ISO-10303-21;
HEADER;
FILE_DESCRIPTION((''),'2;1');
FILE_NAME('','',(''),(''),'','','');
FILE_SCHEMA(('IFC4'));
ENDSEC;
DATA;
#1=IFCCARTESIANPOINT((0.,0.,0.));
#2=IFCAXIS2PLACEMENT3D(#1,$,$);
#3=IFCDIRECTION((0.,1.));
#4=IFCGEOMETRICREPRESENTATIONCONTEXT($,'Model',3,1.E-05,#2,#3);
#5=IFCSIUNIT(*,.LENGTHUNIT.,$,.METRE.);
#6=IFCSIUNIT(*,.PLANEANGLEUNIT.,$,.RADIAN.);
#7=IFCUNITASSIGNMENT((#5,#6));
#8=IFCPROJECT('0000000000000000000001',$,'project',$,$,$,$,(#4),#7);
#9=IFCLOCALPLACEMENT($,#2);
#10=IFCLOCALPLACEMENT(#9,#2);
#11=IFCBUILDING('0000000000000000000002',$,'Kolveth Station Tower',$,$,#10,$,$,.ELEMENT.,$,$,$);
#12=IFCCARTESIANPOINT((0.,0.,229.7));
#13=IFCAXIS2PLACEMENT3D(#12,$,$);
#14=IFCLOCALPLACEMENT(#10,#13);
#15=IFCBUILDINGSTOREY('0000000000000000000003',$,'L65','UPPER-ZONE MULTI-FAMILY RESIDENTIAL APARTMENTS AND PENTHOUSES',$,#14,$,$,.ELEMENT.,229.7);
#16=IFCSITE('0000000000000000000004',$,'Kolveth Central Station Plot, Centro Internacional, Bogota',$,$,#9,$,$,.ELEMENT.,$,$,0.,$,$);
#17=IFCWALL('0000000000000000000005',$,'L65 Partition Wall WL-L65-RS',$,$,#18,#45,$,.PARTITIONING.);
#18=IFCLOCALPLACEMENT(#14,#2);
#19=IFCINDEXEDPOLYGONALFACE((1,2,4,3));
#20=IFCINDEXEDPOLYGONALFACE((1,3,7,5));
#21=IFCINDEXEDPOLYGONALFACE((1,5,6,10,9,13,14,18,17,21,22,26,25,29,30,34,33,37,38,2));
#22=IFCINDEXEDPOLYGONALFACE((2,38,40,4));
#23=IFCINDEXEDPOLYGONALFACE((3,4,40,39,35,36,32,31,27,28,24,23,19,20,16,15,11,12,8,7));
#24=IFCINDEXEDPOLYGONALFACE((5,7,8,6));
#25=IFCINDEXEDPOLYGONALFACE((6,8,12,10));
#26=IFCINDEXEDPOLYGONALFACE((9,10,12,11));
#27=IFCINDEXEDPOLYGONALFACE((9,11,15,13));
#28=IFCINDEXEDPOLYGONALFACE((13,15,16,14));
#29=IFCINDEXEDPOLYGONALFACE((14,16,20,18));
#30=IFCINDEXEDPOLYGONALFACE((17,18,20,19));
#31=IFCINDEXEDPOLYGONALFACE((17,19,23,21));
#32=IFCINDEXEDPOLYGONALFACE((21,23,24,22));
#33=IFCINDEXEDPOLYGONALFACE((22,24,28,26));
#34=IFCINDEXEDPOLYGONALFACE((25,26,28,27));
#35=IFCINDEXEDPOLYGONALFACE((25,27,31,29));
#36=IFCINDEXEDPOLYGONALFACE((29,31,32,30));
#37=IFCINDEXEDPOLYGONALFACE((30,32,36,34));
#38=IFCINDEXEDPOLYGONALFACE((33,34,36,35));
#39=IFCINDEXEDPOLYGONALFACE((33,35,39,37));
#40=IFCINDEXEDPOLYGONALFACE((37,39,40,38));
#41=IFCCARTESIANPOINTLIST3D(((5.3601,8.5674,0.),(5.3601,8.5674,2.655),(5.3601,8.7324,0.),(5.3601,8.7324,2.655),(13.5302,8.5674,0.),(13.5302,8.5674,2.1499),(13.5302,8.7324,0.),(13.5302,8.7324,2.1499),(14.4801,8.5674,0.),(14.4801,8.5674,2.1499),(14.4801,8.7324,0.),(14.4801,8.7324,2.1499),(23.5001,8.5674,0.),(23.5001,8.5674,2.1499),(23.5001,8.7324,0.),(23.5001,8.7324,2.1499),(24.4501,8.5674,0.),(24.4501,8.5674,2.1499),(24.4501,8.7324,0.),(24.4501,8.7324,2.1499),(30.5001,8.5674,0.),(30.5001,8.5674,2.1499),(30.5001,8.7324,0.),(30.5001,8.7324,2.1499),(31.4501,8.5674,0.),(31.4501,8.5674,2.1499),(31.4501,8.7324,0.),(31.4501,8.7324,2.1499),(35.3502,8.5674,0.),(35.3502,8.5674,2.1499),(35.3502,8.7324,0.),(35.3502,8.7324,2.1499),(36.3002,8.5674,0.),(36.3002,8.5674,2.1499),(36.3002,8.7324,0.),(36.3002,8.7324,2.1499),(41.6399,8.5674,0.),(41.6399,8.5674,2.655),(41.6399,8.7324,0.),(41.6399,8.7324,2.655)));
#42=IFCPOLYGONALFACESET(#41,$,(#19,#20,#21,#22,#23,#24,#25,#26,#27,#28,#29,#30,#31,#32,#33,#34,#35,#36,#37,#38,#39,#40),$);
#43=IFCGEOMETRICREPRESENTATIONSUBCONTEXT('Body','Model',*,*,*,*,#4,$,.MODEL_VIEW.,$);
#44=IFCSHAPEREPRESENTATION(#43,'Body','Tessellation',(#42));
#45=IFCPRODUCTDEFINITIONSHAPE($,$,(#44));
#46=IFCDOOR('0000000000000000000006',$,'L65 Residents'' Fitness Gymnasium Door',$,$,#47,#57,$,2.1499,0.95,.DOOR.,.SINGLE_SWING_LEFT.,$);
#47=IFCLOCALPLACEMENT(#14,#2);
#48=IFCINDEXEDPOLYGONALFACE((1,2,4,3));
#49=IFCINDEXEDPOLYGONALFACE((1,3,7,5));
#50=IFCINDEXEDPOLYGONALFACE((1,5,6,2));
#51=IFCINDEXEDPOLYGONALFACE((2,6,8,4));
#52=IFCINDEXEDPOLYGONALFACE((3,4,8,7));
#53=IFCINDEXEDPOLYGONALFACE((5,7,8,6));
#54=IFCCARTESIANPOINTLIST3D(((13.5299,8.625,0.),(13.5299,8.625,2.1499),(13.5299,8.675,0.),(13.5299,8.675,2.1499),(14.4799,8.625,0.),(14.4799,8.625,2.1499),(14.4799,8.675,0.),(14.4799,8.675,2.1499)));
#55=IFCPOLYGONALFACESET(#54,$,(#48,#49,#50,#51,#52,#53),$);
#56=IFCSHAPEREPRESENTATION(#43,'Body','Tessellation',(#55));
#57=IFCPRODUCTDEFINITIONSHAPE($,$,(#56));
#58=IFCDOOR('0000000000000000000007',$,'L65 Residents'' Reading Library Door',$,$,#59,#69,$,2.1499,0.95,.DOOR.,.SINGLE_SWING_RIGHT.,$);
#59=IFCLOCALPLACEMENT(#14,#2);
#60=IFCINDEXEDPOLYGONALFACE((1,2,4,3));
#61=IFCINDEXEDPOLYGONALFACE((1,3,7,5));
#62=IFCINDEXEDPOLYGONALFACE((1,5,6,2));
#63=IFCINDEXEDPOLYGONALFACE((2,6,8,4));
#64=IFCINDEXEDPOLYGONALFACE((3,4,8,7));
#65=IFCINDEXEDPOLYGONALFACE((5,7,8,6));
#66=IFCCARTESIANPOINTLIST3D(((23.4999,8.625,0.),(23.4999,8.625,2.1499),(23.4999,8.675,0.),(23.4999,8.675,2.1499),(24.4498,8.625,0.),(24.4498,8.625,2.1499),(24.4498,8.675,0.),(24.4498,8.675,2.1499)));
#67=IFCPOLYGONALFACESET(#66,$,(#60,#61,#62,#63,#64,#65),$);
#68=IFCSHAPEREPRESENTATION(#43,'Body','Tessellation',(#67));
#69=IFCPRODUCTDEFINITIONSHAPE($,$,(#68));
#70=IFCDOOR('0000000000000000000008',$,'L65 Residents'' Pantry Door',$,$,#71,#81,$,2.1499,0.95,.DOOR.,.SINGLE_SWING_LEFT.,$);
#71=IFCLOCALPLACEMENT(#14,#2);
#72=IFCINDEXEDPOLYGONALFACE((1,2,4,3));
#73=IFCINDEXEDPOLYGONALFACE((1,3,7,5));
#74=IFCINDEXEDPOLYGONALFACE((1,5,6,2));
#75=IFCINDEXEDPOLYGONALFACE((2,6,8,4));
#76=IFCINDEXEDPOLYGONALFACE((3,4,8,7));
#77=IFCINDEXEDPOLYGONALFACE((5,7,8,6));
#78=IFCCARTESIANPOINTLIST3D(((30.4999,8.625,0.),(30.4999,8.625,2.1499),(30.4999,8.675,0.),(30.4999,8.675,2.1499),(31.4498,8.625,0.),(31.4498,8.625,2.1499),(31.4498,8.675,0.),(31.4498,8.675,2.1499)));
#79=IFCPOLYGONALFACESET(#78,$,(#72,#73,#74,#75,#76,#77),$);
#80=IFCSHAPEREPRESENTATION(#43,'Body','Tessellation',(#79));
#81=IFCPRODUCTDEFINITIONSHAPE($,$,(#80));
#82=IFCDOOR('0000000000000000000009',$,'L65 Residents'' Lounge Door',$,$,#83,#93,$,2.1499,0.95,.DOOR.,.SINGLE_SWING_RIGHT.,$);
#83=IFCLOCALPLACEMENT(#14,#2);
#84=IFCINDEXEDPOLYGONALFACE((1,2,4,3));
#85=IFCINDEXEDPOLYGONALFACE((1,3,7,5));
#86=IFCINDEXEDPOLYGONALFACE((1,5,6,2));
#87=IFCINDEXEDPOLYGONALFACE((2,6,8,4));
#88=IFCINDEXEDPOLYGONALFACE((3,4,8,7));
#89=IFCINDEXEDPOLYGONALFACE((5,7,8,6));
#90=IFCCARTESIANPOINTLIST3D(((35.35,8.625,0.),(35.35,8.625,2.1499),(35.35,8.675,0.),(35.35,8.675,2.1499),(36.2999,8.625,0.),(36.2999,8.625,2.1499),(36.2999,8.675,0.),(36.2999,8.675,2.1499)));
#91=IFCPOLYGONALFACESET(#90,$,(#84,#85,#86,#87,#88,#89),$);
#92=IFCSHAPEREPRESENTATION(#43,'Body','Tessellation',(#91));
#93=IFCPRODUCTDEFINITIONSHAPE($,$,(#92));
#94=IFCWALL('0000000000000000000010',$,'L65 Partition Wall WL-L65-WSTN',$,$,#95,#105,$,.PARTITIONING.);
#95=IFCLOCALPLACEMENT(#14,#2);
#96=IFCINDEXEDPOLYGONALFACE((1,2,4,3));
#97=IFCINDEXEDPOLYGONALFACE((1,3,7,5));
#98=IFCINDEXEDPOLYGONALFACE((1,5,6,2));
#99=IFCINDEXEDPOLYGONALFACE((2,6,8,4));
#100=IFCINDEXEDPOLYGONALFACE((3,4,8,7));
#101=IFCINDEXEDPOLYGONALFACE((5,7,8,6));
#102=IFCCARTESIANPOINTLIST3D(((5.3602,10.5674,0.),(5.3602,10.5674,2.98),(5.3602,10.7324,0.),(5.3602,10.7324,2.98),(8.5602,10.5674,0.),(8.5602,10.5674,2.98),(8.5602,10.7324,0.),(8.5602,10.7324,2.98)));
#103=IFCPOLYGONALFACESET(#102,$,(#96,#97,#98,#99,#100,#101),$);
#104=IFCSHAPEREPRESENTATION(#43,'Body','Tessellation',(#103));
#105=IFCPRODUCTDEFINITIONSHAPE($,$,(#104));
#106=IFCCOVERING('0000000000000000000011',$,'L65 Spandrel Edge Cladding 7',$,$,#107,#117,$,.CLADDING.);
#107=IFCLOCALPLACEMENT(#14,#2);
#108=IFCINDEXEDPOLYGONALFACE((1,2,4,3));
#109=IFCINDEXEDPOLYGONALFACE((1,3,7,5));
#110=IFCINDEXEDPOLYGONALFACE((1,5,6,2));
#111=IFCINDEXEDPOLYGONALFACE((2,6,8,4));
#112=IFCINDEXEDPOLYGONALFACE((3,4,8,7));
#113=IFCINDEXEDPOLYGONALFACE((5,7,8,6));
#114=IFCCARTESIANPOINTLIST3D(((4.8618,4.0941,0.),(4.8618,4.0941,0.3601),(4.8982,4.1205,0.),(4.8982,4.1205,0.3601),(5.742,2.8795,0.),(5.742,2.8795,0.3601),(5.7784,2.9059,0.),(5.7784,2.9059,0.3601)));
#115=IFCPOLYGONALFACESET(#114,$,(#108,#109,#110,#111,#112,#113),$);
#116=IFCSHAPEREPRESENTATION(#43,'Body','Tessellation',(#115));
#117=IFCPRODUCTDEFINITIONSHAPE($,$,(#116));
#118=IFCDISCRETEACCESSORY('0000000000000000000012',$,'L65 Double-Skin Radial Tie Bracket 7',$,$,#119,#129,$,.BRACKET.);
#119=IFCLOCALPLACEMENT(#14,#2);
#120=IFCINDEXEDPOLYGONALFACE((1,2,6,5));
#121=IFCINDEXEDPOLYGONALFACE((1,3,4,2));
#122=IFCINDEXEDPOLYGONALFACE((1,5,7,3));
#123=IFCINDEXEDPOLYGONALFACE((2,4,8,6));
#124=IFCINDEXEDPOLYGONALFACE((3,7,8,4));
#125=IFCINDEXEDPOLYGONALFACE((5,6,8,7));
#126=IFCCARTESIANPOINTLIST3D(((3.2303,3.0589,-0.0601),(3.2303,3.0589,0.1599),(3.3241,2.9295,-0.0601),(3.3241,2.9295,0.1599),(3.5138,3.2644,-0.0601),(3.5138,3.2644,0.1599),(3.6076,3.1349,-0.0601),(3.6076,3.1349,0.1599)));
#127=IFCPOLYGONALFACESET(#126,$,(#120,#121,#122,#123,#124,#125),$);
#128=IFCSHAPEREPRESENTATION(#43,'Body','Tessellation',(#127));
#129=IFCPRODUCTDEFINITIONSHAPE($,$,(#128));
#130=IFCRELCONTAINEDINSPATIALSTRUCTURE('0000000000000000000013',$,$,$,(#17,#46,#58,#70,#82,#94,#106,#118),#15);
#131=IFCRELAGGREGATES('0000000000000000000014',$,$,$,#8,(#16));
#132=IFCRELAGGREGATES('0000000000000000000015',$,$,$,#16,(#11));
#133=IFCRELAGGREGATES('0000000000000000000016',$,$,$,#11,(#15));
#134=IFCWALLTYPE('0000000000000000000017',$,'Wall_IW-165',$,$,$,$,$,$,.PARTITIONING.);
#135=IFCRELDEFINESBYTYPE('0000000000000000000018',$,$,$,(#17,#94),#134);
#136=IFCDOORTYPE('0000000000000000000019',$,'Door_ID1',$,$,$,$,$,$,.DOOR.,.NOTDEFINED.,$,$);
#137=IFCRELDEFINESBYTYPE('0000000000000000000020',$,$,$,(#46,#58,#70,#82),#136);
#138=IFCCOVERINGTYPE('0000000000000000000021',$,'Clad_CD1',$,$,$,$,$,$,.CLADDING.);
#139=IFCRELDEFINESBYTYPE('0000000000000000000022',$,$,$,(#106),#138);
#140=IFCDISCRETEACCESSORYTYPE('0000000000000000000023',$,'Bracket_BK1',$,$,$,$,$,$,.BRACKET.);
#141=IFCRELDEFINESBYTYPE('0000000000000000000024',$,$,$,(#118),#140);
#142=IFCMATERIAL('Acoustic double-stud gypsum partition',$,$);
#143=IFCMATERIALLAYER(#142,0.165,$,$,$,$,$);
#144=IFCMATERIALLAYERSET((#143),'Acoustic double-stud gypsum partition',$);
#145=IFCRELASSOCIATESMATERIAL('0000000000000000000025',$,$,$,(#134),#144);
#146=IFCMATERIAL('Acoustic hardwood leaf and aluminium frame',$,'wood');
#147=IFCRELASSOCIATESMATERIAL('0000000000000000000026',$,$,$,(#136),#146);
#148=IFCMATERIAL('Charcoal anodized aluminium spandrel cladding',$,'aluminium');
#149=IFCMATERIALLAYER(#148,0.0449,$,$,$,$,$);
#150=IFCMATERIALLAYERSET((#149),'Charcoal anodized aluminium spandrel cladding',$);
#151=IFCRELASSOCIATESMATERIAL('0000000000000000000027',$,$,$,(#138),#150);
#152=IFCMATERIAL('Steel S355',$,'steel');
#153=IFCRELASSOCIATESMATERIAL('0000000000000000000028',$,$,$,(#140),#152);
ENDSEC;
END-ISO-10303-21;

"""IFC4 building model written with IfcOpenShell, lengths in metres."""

from ifc_helpers import new_model, si_unit, direction, frame, frame_2d, origin, origin_2d, place, context, subcontext, project, spatial, rectangle, extrude, source, transform, mapped, material, layer, layer_set, type_object, element, fill, save


model = new_model("IFC4")

# Units and contexts
model_context = context("Model", 3, precision=1e-05, world=origin(), true_north=direction((0.0, 1.0)))
body_context = subcontext(model_context, "Body", "Model", "MODEL_VIEW")
ifc_project = project(units=[si_unit("LENGTHUNIT", "METRE"), si_unit("PLANEANGLEUNIT", "RADIAN")], contexts=[model_context])

# Site, building, storey
site_placement = place(None, origin())
site = spatial("IfcSite", under=ifc_project, at=site_placement, Name="Kolveth Central Station Plot, Centro Internacional, Bogota", CompositionType="ELEMENT", RefElevation=0.0)
building_placement = place(site_placement, origin())
building = spatial("IfcBuilding", under=site, at=building_placement, Name="Kolveth Station Tower", CompositionType="ELEMENT")
storey_placement = place(building_placement, frame((0.0, 0.0, 229.7)))
storey = spatial("IfcBuildingStorey", under=building, at=storey_placement, Name="L65", Description="UPPER-ZONE MULTI-FAMILY RESIDENTIAL APARTMENTS AND PENTHOUSES", CompositionType="ELEMENT", Elevation=229.7)

# Shared definitions
ifc_material_1 = material(Name="Steel S355", Category="steel")

# Wall, openings, doors
ifc_material_2 = material(Name="Acoustic double-stud gypsum partition")
ifc_layer_1 = layer(ifc_material_2, 0.165)
ifc_layer_set_1 = layer_set([ifc_layer_1], Name="Acoustic double-stud gypsum partition")
wall_type = type_object("IfcWallType", Name="Wall_IW-165", PredefinedType="PARTITIONING", material=ifc_layer_set_1)
wall_1_placement = place(storey_placement, frame((5.3601, 8.6499, 0.0), z_axis=(0.0, 0.0, 1.0), x_axis=(1.0, 0.0, 0.0)))
wall_1 = element("IfcWall", 1, at=wall_1_placement, inside=storey, type_object=wall_type, Name="L65 Partition Wall WL-L65-RS", PredefinedType="PARTITIONING", context=body_context, shape_type="SweptSolid", body=[
    extrude(rectangle(XDim=36.2798, YDim=0.165, at=frame_2d((18.1399, 0.0))), origin(), (0.0, 0.0, 1.0), 2.655),
])
opening_1_placement = place(wall_1_placement, frame((8.1699, 0.0, 0.0)))
opening_1 = element("IfcOpeningElement", 2, at=opening_1_placement, cuts=wall_1, PredefinedType="OPENING", context=body_context, shape_type="SweptSolid", body=[
    extrude(rectangle(XDim=0.95, YDim=2.1499, at=frame_2d((0.4751, 1.075))), frame((0.0, 0.0925, 0.0), z_axis=(0.0, -1.0, 0.0), x_axis=(1.0, 0.0, 0.0)), (0.0, 0.0, 1.0), 0.1851),
])
opening_2_placement = place(wall_1_placement, frame((18.1399, 0.0, 0.0)))
opening_2 = element("IfcOpeningElement", 3, at=opening_2_placement, cuts=wall_1, PredefinedType="OPENING", context=body_context, shape_type="SweptSolid", body=[
    extrude(rectangle(XDim=0.95, YDim=2.1499, at=frame_2d((0.4751, 1.075))), frame((0.0, 0.0925, 0.0), z_axis=(0.0, -1.0, 0.0), x_axis=(1.0, 0.0, 0.0)), (0.0, 0.0, 1.0), 0.1851),
])
opening_3_placement = place(wall_1_placement, frame((25.1399, 0.0, 0.0)))
opening_3 = element("IfcOpeningElement", 4, at=opening_3_placement, cuts=wall_1, PredefinedType="OPENING", context=body_context, shape_type="SweptSolid", body=[
    extrude(rectangle(XDim=0.95, YDim=2.1499, at=frame_2d((0.4751, 1.075))), frame((0.0, 0.0925, 0.0), z_axis=(0.0, -1.0, 0.0), x_axis=(1.0, 0.0, 0.0)), (0.0, 0.0, 1.0), 0.1851),
])
opening_4_placement = place(wall_1_placement, frame((29.99, 0.0, 0.0)))
opening_4 = element("IfcOpeningElement", 5, at=opening_4_placement, cuts=wall_1, PredefinedType="OPENING", context=body_context, shape_type="SweptSolid", body=[
    extrude(rectangle(XDim=0.95, YDim=2.1499, at=frame_2d((0.4751, 1.075))), frame((0.0, 0.0925, 0.0), z_axis=(0.0, -1.0, 0.0), x_axis=(1.0, 0.0, 0.0)), (0.0, 0.0, 1.0), 0.1851),
])
ifc_material_3 = material(Name="Acoustic hardwood leaf and aluminium frame", Category="wood")
door_type = type_object("IfcDoorType", Name="Door_ID1", OperationType="NOTDEFINED", PredefinedType="DOOR", material=ifc_material_3)
door_1_placement = place(opening_1_placement, frame((0.95, 0.0, 0.0), z_axis=(0.0, 0.0, 1.0), x_axis=(-1.0, 0.0, 0.0)))
door_1 = element("IfcDoor", 6, at=door_1_placement, inside=storey, type_object=door_type, Name="L65 Residents' Fitness Gymnasium Door", OperationType="SINGLE_SWING_LEFT", OverallHeight=2.1499, OverallWidth=0.95, PredefinedType="DOOR", context=body_context, shape_type="SweptSolid", body=[
    extrude(rectangle(XDim=0.95, YDim=2.1499, at=frame_2d((0.4751, 1.075))), frame((0.0, 0.0249, 0.0), z_axis=(0.0, -1.0, 0.0), x_axis=(1.0, 0.0, 0.0)), (0.0, 0.0, 1.0), 0.05),
])
fill(opening_1, door_1)
door_2_placement = place(opening_2_placement, frame((0.95, 0.0, 0.0), z_axis=(0.0, 0.0, 1.0), x_axis=(-1.0, 0.0, 0.0)))
door_2 = element("IfcDoor", 7, at=door_2_placement, inside=storey, type_object=door_type, Name="L65 Residents' Reading Library Door", OperationType="SINGLE_SWING_RIGHT", OverallHeight=2.1499, OverallWidth=0.95, PredefinedType="DOOR", context=body_context, shape_type="SweptSolid", body=[
    extrude(rectangle(XDim=0.95, YDim=2.1499, at=frame_2d((0.4751, 1.075))), frame((0.0, 0.0249, 0.0), z_axis=(0.0, -1.0, 0.0), x_axis=(1.0, 0.0, 0.0)), (0.0, 0.0, 1.0), 0.05),
])
fill(opening_2, door_2)
door_3_placement = place(opening_3_placement, frame((0.95, 0.0, 0.0), z_axis=(0.0, 0.0, 1.0), x_axis=(-1.0, 0.0, 0.0)))
door_3 = element("IfcDoor", 8, at=door_3_placement, inside=storey, type_object=door_type, Name="L65 Residents' Pantry Door", OperationType="SINGLE_SWING_LEFT", OverallHeight=2.1499, OverallWidth=0.95, PredefinedType="DOOR", context=body_context, shape_type="SweptSolid", body=[
    extrude(rectangle(XDim=0.95, YDim=2.1499, at=frame_2d((0.4751, 1.075))), frame((0.0, 0.0249, 0.0), z_axis=(0.0, -1.0, 0.0), x_axis=(1.0, 0.0, 0.0)), (0.0, 0.0, 1.0), 0.05),
])
fill(opening_3, door_3)
door_4_placement = place(opening_4_placement, frame((0.95, 0.0, 0.0), z_axis=(0.0, 0.0, 1.0), x_axis=(-1.0, 0.0, 0.0)))
door_4 = element("IfcDoor", 9, at=door_4_placement, inside=storey, type_object=door_type, Name="L65 Residents' Lounge Door", OperationType="SINGLE_SWING_RIGHT", OverallHeight=2.1499, OverallWidth=0.95, PredefinedType="DOOR", context=body_context, shape_type="SweptSolid", body=[
    extrude(rectangle(XDim=0.95, YDim=2.1499, at=frame_2d((0.4751, 1.075))), frame((0.0, 0.0249, 0.0), z_axis=(0.0, -1.0, 0.0), x_axis=(1.0, 0.0, 0.0)), (0.0, 0.0, 1.0), 0.05),
])
fill(opening_4, door_4)

# Wall
wall_2_placement = place(storey_placement, frame((5.3601, 10.6499, 0.0), z_axis=(0.0, 0.0, 1.0), x_axis=(1.0, 0.0, 0.0)))
element("IfcWall", 10, at=wall_2_placement, inside=storey, type_object=wall_type, Name="L65 Partition Wall WL-L65-WSTN", PredefinedType="PARTITIONING", context=body_context, shape_type="SweptSolid", body=[
    extrude(rectangle(XDim=3.2, YDim=0.165, at=frame_2d((1.6001, 0.0))), origin(), (0.0, 0.0, 1.0), 2.98),
])

# Covering
ifc_material_4 = material(Name="Charcoal anodized aluminium spandrel cladding", Category="aluminium")
ifc_layer_2 = layer(ifc_material_4, 0.0449)
ifc_layer_set_2 = layer_set([ifc_layer_2], Name="Charcoal anodized aluminium spandrel cladding")
covering_type = type_object("IfcCoveringType", Name="Clad_CD1", PredefinedType="CLADDING", material=ifc_layer_set_2)
shared_shape_1 = source(origin(), body_context, "Body", "SweptSolid", [
    extrude(rectangle(XDim=1.5, YDim=0.0449, at=origin_2d()), origin(), (0.0, 0.0, 1.0), 0.3601),
])
covering_placement = place(storey_placement, frame((5.3201, 3.5, 0.0), z_axis=(0.0, 0.0, 1.0), x_axis=(0.586796, -0.809735, 0.0)))
element("IfcCovering", 11, at=covering_placement, inside=storey, type_object=covering_type, Name="L65 Spandrel Edge Cladding 7", PredefinedType="CLADDING", context=body_context, shape_type="MappedRepresentation", body=[
    mapped(shared_shape_1, transform((0.0, 0.0, 0.0), x_axis=(1.0, 0.0, 0.0), y_axis=(0.0, 1.0, 0.0), z_axis=(0.0, 0.0, 1.0), scale=1.0)),
])

# Discrete accessory
discrete_accessory_type = type_object("IfcDiscreteAccessoryType", Name="Bracket_BK1", PredefinedType="BRACKET", material=ifc_material_1)
shared_shape_2 = source(origin(), body_context, "Body", "SweptSolid", [
    extrude(rectangle(XDim=0.3501, YDim=0.1599, at=origin_2d()), origin(), (0.0, 0.0, 1.0), 0.22),
])
discrete_accessory_placement = place(storey_placement, frame((3.4189, 3.0969, -0.0601), z_axis=(0.0, 0.0, 1.0), x_axis=(-0.809735, -0.586796, 0.0)))
element("IfcDiscreteAccessory", 12, at=discrete_accessory_placement, inside=storey, type_object=discrete_accessory_type, Name="L65 Double-Skin Radial Tie Bracket 7", PredefinedType="BRACKET", context=body_context, shape_type="MappedRepresentation", body=[
    mapped(shared_shape_2, transform((0.0, 0.0, 0.0), x_axis=(1.0, 0.0, 0.0), y_axis=(0.0, 1.0, 0.0), z_axis=(0.0, 0.0, 1.0), scale=1.0)),
])

save(model, "model.ifc")
